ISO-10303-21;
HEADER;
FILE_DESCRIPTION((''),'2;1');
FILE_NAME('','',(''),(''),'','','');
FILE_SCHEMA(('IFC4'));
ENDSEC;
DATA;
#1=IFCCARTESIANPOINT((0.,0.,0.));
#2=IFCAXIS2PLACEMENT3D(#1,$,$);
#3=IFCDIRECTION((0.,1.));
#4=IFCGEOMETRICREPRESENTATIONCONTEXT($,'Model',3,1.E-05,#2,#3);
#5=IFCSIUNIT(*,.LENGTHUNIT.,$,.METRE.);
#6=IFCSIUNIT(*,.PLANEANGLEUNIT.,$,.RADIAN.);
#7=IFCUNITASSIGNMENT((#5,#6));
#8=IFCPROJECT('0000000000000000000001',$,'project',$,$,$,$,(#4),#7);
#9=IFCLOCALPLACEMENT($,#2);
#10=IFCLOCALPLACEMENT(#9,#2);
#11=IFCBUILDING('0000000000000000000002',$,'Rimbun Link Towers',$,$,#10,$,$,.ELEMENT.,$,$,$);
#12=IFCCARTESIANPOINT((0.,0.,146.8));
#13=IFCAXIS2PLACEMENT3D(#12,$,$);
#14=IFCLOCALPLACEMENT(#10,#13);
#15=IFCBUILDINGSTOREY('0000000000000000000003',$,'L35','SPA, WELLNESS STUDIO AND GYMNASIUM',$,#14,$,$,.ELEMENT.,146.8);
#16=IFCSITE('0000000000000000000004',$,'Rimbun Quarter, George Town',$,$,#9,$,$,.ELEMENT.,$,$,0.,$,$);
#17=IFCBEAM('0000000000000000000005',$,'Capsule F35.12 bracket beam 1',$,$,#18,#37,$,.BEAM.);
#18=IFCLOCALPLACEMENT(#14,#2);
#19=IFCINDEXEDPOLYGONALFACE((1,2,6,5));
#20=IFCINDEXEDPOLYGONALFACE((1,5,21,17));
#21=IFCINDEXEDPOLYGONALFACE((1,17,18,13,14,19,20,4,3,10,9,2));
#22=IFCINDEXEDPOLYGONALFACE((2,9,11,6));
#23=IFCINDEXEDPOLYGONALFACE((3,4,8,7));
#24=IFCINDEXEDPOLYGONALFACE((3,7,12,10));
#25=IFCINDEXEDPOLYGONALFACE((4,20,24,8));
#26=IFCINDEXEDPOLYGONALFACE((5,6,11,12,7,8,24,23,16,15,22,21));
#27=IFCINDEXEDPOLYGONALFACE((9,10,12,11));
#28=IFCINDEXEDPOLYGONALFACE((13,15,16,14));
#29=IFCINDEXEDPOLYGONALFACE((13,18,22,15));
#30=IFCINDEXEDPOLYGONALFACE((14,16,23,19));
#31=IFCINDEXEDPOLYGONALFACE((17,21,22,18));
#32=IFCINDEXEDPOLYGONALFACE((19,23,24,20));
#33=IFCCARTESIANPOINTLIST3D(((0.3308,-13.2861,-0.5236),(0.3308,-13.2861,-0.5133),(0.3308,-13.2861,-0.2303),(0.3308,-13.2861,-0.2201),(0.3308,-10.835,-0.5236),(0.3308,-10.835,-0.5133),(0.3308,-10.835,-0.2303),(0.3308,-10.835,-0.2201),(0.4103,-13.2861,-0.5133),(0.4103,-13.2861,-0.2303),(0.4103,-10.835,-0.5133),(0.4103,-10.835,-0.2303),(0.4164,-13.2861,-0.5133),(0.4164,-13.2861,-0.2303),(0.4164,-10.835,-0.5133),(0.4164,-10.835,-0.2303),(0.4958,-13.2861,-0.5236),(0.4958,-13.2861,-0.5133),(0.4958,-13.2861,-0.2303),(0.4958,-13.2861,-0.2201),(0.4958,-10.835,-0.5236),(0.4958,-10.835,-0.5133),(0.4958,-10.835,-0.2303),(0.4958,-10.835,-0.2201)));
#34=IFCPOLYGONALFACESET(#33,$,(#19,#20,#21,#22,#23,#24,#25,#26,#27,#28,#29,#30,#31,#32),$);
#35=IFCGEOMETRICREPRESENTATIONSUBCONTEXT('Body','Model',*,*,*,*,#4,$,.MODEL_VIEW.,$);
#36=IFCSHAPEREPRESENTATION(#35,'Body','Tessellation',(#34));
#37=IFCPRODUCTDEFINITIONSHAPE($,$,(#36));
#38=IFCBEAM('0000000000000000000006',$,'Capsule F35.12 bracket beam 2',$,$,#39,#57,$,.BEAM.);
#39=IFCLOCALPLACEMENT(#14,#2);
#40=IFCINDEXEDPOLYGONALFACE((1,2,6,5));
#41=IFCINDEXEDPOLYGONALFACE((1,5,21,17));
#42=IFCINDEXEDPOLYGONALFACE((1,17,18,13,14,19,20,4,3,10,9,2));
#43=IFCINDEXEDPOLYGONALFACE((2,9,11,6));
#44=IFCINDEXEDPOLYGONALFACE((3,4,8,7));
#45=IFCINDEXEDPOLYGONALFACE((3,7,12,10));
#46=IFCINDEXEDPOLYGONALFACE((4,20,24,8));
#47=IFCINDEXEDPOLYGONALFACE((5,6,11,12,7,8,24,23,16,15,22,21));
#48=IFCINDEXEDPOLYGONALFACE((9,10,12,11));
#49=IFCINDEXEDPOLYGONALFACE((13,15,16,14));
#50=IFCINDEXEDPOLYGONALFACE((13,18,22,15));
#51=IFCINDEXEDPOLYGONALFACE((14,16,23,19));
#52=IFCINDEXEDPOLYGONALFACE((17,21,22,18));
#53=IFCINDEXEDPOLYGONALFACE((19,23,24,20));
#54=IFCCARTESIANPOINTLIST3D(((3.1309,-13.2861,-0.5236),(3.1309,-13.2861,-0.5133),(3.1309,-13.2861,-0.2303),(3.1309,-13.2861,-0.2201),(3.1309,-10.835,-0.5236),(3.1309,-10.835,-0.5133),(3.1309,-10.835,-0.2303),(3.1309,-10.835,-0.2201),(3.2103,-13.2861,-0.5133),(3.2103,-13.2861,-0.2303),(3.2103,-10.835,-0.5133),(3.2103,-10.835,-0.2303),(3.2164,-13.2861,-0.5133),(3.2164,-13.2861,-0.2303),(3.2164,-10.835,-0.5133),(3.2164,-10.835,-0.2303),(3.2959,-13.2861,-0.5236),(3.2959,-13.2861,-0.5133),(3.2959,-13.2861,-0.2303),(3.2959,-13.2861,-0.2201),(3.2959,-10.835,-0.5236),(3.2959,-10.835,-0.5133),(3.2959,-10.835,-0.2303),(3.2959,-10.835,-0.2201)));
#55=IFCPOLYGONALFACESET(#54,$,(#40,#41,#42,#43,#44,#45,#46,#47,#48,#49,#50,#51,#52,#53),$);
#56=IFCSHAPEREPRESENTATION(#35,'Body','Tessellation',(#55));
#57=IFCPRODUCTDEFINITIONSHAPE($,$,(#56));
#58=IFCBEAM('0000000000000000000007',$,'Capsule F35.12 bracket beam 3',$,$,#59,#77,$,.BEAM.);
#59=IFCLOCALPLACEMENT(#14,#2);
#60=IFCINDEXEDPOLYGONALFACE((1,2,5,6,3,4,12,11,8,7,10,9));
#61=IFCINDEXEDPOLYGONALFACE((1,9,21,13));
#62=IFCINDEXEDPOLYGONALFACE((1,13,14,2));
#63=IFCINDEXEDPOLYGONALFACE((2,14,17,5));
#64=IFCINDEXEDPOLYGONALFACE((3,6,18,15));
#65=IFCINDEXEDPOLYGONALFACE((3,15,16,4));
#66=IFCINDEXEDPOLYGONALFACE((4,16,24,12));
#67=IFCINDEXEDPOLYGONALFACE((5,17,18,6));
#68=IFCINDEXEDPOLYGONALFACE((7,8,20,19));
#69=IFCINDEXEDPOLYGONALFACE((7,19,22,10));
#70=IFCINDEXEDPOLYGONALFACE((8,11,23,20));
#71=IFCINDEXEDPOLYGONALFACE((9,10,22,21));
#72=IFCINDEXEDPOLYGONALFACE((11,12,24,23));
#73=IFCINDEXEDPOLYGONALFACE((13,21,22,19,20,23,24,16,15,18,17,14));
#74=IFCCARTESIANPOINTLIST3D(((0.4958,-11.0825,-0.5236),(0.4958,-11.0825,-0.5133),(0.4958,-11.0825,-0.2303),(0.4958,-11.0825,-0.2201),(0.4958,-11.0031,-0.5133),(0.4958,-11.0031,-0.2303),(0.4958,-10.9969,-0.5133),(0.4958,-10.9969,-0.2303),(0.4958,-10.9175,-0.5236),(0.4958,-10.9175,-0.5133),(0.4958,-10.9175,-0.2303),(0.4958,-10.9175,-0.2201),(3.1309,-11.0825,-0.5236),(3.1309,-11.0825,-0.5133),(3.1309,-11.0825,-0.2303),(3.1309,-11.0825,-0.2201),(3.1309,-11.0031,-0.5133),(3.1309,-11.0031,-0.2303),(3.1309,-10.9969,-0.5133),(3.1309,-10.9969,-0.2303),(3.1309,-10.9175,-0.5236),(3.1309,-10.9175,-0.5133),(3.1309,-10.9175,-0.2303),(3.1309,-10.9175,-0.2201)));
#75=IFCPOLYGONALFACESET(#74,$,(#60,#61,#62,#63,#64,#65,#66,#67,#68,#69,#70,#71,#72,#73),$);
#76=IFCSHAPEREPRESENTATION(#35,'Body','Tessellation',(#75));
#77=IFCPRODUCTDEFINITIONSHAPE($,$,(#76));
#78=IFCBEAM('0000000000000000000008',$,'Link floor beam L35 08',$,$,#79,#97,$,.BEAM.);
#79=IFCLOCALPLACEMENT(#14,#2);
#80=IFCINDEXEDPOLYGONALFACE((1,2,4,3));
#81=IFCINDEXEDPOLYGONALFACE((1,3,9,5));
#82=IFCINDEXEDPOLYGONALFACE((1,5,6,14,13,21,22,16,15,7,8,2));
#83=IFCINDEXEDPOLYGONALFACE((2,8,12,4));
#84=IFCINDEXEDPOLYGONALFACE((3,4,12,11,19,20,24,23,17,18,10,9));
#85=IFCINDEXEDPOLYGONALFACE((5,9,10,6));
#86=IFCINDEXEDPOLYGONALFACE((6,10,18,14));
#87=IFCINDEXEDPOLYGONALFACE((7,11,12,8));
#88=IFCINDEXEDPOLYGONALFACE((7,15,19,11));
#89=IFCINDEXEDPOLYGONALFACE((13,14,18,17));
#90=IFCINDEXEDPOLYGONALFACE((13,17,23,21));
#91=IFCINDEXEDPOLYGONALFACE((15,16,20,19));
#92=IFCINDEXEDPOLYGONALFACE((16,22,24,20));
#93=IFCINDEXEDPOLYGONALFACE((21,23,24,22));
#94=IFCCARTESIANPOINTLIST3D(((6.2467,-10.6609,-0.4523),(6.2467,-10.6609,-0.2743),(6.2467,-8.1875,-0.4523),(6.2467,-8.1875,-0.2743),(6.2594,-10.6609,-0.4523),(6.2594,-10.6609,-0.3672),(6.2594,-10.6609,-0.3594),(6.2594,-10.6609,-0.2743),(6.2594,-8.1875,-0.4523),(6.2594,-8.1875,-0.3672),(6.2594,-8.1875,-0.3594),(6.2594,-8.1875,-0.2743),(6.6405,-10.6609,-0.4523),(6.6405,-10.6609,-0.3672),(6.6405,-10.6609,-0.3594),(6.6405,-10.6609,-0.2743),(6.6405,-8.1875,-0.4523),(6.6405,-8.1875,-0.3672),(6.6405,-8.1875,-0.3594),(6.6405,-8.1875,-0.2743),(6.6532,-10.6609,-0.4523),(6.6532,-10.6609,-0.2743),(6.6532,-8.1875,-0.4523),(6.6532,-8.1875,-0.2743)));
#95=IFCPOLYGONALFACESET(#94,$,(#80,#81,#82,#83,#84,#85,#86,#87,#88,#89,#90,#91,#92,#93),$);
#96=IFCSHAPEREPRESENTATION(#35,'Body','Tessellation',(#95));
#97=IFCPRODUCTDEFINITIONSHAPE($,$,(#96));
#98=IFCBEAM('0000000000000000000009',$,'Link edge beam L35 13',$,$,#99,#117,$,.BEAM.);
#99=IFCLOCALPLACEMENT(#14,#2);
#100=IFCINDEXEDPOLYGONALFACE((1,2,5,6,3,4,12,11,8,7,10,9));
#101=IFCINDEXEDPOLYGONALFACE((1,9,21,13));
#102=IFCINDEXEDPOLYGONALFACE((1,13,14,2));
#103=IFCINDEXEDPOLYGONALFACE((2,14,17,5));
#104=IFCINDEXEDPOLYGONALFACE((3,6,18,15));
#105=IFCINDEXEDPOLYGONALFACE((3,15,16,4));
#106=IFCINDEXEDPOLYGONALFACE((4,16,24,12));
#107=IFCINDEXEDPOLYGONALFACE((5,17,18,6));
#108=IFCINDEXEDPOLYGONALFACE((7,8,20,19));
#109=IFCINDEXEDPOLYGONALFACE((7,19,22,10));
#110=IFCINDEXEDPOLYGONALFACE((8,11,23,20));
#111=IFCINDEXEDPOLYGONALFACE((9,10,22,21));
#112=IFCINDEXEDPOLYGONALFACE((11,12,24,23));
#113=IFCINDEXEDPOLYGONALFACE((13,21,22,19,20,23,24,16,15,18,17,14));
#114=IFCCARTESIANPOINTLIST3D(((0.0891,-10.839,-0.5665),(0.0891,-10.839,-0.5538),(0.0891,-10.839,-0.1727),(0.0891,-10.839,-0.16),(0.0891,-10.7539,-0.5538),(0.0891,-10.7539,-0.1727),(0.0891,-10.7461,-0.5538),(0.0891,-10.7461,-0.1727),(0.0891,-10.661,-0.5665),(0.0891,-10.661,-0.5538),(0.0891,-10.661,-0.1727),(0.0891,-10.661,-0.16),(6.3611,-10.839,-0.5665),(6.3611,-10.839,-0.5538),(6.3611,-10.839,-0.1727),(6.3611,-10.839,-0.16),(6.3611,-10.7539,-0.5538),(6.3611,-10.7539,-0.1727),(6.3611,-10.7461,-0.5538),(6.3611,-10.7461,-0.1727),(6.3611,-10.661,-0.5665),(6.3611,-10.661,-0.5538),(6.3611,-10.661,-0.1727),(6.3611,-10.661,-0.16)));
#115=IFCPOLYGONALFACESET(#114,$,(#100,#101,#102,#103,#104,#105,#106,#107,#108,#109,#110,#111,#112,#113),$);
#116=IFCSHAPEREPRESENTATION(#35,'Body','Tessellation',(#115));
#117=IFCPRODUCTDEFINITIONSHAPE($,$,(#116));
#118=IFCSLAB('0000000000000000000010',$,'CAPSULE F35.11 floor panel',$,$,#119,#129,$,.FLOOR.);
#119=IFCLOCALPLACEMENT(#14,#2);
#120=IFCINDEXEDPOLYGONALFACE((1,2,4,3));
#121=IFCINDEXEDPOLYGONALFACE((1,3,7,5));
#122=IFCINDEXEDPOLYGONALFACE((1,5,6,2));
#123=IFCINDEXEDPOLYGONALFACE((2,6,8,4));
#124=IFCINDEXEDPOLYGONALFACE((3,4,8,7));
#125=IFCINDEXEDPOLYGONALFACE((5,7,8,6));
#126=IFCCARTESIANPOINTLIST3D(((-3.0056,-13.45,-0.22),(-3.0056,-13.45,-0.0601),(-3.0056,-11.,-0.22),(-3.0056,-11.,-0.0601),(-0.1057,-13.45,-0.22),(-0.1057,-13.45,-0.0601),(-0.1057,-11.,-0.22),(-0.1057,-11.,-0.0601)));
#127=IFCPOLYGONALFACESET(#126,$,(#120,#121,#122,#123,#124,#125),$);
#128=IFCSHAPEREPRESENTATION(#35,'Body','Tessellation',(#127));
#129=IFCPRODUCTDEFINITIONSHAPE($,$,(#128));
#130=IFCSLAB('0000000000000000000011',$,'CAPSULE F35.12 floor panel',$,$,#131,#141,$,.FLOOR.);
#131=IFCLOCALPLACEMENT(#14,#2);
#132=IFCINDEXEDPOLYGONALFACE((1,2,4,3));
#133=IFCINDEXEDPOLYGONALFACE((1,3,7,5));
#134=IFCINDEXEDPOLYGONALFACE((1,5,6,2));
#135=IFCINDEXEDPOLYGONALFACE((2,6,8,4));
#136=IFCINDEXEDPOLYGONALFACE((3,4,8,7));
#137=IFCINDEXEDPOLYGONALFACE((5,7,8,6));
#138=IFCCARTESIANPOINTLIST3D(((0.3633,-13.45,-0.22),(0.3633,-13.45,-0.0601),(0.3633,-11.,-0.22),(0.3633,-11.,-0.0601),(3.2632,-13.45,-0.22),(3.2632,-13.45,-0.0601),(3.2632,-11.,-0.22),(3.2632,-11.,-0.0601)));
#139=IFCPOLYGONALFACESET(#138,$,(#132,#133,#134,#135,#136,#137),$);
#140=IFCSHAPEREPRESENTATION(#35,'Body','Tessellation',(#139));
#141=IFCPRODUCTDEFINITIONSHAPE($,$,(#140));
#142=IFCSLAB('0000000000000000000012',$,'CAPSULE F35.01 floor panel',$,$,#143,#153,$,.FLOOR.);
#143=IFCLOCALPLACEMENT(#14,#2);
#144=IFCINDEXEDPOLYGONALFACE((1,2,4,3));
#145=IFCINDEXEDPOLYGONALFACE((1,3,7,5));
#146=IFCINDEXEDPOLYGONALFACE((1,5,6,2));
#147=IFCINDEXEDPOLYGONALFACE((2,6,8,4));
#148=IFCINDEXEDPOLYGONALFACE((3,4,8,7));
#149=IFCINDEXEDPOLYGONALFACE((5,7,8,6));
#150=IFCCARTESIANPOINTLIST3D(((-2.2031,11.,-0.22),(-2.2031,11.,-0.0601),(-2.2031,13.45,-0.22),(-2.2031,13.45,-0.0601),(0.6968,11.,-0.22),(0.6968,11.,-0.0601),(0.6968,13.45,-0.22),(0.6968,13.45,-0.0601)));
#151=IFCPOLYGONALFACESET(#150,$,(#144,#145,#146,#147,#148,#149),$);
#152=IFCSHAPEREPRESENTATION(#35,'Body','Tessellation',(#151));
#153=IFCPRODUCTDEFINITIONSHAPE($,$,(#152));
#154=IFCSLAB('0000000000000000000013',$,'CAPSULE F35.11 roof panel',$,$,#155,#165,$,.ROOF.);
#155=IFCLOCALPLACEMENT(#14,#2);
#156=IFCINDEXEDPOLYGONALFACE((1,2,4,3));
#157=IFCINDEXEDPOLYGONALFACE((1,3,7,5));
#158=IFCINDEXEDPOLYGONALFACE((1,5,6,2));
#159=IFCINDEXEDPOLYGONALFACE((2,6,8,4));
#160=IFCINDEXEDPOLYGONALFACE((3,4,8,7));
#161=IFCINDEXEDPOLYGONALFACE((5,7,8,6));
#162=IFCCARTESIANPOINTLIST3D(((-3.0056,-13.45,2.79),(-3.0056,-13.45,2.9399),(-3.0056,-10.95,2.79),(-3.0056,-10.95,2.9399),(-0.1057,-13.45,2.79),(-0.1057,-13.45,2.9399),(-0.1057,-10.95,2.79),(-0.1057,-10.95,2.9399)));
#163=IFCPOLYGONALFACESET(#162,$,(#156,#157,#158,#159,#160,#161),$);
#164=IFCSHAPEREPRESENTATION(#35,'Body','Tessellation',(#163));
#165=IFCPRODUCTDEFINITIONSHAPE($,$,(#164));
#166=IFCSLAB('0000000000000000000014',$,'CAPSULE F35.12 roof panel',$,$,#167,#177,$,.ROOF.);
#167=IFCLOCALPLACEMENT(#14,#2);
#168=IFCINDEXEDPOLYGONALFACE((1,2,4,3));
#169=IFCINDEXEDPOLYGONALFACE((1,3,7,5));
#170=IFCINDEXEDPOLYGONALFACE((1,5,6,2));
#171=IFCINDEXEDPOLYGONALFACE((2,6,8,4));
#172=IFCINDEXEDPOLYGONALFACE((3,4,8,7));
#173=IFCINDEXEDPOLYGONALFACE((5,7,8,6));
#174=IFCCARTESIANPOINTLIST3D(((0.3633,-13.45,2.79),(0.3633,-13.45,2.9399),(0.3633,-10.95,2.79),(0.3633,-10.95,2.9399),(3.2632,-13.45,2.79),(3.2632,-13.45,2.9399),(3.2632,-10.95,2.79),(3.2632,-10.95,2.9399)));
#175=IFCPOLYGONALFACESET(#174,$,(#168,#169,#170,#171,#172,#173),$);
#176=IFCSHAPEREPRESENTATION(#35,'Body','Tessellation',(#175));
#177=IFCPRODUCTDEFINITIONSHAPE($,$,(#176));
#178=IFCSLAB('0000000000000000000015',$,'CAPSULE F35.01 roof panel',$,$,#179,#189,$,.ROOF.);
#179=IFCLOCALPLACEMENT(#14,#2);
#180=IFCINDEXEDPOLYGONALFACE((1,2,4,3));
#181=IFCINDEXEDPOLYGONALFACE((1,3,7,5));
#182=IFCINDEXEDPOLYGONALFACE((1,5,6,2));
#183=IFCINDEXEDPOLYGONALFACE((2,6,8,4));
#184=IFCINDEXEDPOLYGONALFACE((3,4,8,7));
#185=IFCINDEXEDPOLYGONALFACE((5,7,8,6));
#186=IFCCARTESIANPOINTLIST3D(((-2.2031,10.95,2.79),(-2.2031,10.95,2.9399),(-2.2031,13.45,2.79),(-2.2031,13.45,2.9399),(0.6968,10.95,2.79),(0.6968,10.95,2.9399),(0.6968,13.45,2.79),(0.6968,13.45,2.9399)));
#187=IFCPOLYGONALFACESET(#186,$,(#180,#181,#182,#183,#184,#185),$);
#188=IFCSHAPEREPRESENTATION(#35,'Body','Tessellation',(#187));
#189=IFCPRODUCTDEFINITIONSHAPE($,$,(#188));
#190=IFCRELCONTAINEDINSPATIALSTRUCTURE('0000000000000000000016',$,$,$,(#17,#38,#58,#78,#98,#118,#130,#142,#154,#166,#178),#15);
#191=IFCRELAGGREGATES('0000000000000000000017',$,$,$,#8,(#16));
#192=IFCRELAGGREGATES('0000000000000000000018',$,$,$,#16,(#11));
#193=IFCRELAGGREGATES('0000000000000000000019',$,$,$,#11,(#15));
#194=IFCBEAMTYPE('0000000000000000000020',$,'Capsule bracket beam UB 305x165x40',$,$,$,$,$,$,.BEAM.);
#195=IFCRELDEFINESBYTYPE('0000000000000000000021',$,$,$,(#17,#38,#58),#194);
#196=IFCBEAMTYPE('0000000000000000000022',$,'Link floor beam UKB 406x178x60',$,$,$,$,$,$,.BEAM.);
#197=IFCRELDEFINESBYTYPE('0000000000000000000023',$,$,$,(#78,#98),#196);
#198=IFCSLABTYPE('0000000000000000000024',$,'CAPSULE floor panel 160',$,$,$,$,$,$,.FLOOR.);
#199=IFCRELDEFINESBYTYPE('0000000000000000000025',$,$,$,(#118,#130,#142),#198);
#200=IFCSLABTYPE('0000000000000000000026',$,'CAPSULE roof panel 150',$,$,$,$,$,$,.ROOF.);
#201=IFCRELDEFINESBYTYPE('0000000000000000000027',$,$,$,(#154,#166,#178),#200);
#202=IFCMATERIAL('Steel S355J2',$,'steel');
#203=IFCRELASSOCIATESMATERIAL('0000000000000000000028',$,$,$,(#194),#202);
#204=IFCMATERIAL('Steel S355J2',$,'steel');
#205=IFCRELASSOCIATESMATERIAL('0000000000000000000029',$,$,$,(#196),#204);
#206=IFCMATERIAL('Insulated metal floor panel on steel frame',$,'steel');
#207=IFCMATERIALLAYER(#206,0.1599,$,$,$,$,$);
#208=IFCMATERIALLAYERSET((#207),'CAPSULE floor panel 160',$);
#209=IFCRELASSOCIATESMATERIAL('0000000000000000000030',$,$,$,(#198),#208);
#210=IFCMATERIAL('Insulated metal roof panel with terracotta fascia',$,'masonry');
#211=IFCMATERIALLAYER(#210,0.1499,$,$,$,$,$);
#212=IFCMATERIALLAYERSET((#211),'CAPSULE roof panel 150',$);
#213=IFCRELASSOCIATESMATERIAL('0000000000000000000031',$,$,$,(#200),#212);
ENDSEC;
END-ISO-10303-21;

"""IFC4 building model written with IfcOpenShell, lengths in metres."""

from ifc_helpers import new_model, si_unit, direction, frame, origin, origin_2d, place, context, subcontext, project, spatial, polyline, i_section, outline, extrude, material, layer, layer_set, material_profile, profile_set, type_object, element, save


model = new_model("IFC4")

# Units and contexts
model_context = context("Model", 3, precision=1e-05, world=origin(), true_north=direction((0.0, 1.0)))
body_context = subcontext(model_context, "Body", "Model", "MODEL_VIEW")
ifc_project = project(units=[si_unit("LENGTHUNIT", "METRE"), si_unit("PLANEANGLEUNIT", "RADIAN")], contexts=[model_context])

# Site, building, storey
site_placement = place(None, origin())
site = spatial("IfcSite", under=ifc_project, at=site_placement, Name="Rimbun Quarter, George Town", CompositionType="ELEMENT", RefElevation=0.0)
building_placement = place(site_placement, origin())
building = spatial("IfcBuilding", under=site, at=building_placement, Name="Rimbun Link Towers", CompositionType="ELEMENT")
storey_placement = place(building_placement, frame((0.0, 0.0, 146.8)))
storey = spatial("IfcBuildingStorey", under=building, at=storey_placement, Name="L35", Description="SPA, WELLNESS STUDIO AND GYMNASIUM", CompositionType="ELEMENT", Elevation=146.8)

# Beams
ifc_material_1 = material(Name="Steel S355J2", Category="steel")
ifc_material_profile_1 = material_profile(ifc_material_1, i_section(OverallWidth=0.165, OverallDepth=0.3035, WebThickness=0.0061, FlangeThickness=0.0103, at=origin_2d()), Name="UB 305x165x40")
ifc_profile_set_1 = profile_set([ifc_material_profile_1], Name="Steel S355J2")
beam_type_1 = type_object("IfcBeamType", Name="Capsule bracket beam UB 305x165x40", PredefinedType="BEAM", material=ifc_profile_set_1)
for number, where, z_axis, x_axis, name in (
    (1, (0.4133, -10.835, -0.3718), (0.0, -1.0, 0.0), (1.0, 0.0, 0.0), "Capsule F35.12 bracket beam 1"),
    (2, (3.2134, -10.835, -0.3718), (0.0, -1.0, 0.0), (1.0, 0.0, 0.0), "Capsule F35.12 bracket beam 2"),
):
    element("IfcBeam", number, at=place(storey_placement, frame(where, z_axis=z_axis, x_axis=x_axis)), inside=storey, type_object=beam_type_1, Name=name, PredefinedType="BEAM", context=body_context, shape_type="SweptSolid", body=[
        extrude(i_section(OverallWidth=0.165, OverallDepth=0.3035, WebThickness=0.0061, FlangeThickness=0.0103, at=origin_2d()), origin(), (0.0, 0.0, 1.0), 2.4512),
    ])
beam_1_placement = place(storey_placement, frame((0.4958, -11.0, -0.3718), z_axis=(1.0, 0.0, 0.0), x_axis=(0.0, 1.0, 0.0)))
element("IfcBeam", 3, at=beam_1_placement, inside=storey, type_object=beam_type_1, Name="Capsule F35.12 bracket beam 3", PredefinedType="BEAM", context=body_context, shape_type="SweptSolid", body=[
    extrude(i_section(OverallWidth=0.165, OverallDepth=0.3035, WebThickness=0.0061, FlangeThickness=0.0103, at=origin_2d()), origin(), (0.0, 0.0, 1.0), 2.635),
])
ifc_material_2 = material(Name="Steel S355J2", Category="steel")
ifc_material_profile_2 = material_profile(ifc_material_2, i_section(OverallWidth=0.178, OverallDepth=0.4065, WebThickness=0.0078, FlangeThickness=0.0127, at=origin_2d()), Name="UKB 406x178x60")
ifc_profile_set_2 = profile_set([ifc_material_profile_2], Name="Steel S355J2")
beam_type_2 = type_object("IfcBeamType", Name="Link floor beam UKB 406x178x60", PredefinedType="BEAM", material=ifc_profile_set_2)
beam_2_placement = place(storey_placement, frame((6.45, -10.6609, -0.3633), z_axis=(0.0, 1.0, 0.0), x_axis=(0.0, 0.0, 1.0)))
element("IfcBeam", 4, at=beam_2_placement, inside=storey, type_object=beam_type_2, Name="Link floor beam L35 08", PredefinedType="BEAM", context=body_context, shape_type="SweptSolid", body=[
    extrude(i_section(OverallWidth=0.178, OverallDepth=0.4065, WebThickness=0.0078, FlangeThickness=0.0127, at=origin_2d()), origin(), (0.0, 0.0, 1.0), 2.4734),
])
beam_3_placement = place(storey_placement, frame((0.0891, -10.75, -0.3633), z_axis=(1.0, 0.0, 0.0), x_axis=(0.0, 1.0, 0.0)))
element("IfcBeam", 5, at=beam_3_placement, inside=storey, type_object=beam_type_2, Name="Link edge beam L35 13", PredefinedType="BEAM", context=body_context, shape_type="SweptSolid", body=[
    extrude(i_section(OverallWidth=0.178, OverallDepth=0.4065, WebThickness=0.0078, FlangeThickness=0.0127, at=origin_2d()), origin(), (0.0, 0.0, 1.0), 6.272),
])

# Slabs
ifc_material_3 = material(Name="Insulated metal floor panel on steel frame", Category="steel")
ifc_layer_1 = layer(ifc_material_3, 0.1599)
ifc_layer_set_1 = layer_set([ifc_layer_1], Name="CAPSULE floor panel 160")
slab_type_1 = type_object("IfcSlabType", Name="CAPSULE floor panel 160", PredefinedType="FLOOR", material=ifc_layer_set_1)
slab_1_placement = place(storey_placement, frame((0.0, 0.0, -0.22)))
element("IfcSlab", 6, at=slab_1_placement, inside=storey, type_object=slab_type_1, Name="CAPSULE F35.11 floor panel", PredefinedType="FLOOR", context=body_context, shape_type="SweptSolid", body=[
    extrude(outline(polyline([(-0.1057, -11.0), (-3.0056, -11.0), (-3.0056, -13.45), (-0.1057, -13.45), (-0.1057, -11.0)])), origin(), (0.0, 0.0, 1.0), 0.1599),
])
slab_2_placement = place(storey_placement, frame((0.0, 0.0, -0.22)))
element("IfcSlab", 7, at=slab_2_placement, inside=storey, type_object=slab_type_1, Name="CAPSULE F35.12 floor panel", PredefinedType="FLOOR", context=body_context, shape_type="SweptSolid", body=[
    extrude(outline(polyline([(3.2632, -11.0), (0.3633, -11.0), (0.3633, -13.45), (3.2632, -13.45), (3.2632, -11.0)])), origin(), (0.0, 0.0, 1.0), 0.1599),
])
slab_3_placement = place(storey_placement, frame((0.0, 0.0, -0.22)))
element("IfcSlab", 8, at=slab_3_placement, inside=storey, type_object=slab_type_1, Name="CAPSULE F35.01 floor panel", PredefinedType="FLOOR", context=body_context, shape_type="SweptSolid", body=[
    extrude(outline(polyline([(-2.2031, 11.0), (0.6968, 11.0), (0.6968, 13.45), (-2.2031, 13.45), (-2.2031, 11.0)])), origin(), (0.0, 0.0, 1.0), 0.1599),
])
ifc_material_4 = material(Name="Insulated metal roof panel with terracotta fascia", Category="masonry")
ifc_layer_2 = layer(ifc_material_4, 0.1499)
ifc_layer_set_2 = layer_set([ifc_layer_2], Name="CAPSULE roof panel 150")
slab_type_2 = type_object("IfcSlabType", Name="CAPSULE roof panel 150", PredefinedType="ROOF", material=ifc_layer_set_2)
slab_4_placement = place(storey_placement, frame((0.0, 0.0, 2.79)))
element("IfcSlab", 9, at=slab_4_placement, inside=storey, type_object=slab_type_2, Name="CAPSULE F35.11 roof panel", PredefinedType="ROOF", context=body_context, shape_type="SweptSolid", body=[
    extrude(outline(polyline([(-3.0056, -13.45), (-0.1057, -13.45), (-0.1057, -10.95), (-3.0056, -10.95), (-3.0056, -13.45)])), origin(), (0.0, 0.0, 1.0), 0.1499),
])
slab_5_placement = place(storey_placement, frame((0.0, 0.0, 2.79)))
element("IfcSlab", 10, at=slab_5_placement, inside=storey, type_object=slab_type_2, Name="CAPSULE F35.12 roof panel", PredefinedType="ROOF", context=body_context, shape_type="SweptSolid", body=[
    extrude(outline(polyline([(0.3633, -13.45), (3.2632, -13.45), (3.2632, -10.95), (0.3633, -10.95), (0.3633, -13.45)])), origin(), (0.0, 0.0, 1.0), 0.1499),
])
slab_6_placement = place(storey_placement, frame((0.0, 0.0, 2.79)))
element("IfcSlab", 11, at=slab_6_placement, inside=storey, type_object=slab_type_2, Name="CAPSULE F35.01 roof panel", PredefinedType="ROOF", context=body_context, shape_type="SweptSolid", body=[
    extrude(outline(polyline([(0.6968, 13.45), (-2.2031, 13.45), (-2.2031, 10.95), (0.6968, 10.95), (0.6968, 13.45)])), origin(), (0.0, 0.0, 1.0), 0.1499),
])

save(model, "model.ifc")
